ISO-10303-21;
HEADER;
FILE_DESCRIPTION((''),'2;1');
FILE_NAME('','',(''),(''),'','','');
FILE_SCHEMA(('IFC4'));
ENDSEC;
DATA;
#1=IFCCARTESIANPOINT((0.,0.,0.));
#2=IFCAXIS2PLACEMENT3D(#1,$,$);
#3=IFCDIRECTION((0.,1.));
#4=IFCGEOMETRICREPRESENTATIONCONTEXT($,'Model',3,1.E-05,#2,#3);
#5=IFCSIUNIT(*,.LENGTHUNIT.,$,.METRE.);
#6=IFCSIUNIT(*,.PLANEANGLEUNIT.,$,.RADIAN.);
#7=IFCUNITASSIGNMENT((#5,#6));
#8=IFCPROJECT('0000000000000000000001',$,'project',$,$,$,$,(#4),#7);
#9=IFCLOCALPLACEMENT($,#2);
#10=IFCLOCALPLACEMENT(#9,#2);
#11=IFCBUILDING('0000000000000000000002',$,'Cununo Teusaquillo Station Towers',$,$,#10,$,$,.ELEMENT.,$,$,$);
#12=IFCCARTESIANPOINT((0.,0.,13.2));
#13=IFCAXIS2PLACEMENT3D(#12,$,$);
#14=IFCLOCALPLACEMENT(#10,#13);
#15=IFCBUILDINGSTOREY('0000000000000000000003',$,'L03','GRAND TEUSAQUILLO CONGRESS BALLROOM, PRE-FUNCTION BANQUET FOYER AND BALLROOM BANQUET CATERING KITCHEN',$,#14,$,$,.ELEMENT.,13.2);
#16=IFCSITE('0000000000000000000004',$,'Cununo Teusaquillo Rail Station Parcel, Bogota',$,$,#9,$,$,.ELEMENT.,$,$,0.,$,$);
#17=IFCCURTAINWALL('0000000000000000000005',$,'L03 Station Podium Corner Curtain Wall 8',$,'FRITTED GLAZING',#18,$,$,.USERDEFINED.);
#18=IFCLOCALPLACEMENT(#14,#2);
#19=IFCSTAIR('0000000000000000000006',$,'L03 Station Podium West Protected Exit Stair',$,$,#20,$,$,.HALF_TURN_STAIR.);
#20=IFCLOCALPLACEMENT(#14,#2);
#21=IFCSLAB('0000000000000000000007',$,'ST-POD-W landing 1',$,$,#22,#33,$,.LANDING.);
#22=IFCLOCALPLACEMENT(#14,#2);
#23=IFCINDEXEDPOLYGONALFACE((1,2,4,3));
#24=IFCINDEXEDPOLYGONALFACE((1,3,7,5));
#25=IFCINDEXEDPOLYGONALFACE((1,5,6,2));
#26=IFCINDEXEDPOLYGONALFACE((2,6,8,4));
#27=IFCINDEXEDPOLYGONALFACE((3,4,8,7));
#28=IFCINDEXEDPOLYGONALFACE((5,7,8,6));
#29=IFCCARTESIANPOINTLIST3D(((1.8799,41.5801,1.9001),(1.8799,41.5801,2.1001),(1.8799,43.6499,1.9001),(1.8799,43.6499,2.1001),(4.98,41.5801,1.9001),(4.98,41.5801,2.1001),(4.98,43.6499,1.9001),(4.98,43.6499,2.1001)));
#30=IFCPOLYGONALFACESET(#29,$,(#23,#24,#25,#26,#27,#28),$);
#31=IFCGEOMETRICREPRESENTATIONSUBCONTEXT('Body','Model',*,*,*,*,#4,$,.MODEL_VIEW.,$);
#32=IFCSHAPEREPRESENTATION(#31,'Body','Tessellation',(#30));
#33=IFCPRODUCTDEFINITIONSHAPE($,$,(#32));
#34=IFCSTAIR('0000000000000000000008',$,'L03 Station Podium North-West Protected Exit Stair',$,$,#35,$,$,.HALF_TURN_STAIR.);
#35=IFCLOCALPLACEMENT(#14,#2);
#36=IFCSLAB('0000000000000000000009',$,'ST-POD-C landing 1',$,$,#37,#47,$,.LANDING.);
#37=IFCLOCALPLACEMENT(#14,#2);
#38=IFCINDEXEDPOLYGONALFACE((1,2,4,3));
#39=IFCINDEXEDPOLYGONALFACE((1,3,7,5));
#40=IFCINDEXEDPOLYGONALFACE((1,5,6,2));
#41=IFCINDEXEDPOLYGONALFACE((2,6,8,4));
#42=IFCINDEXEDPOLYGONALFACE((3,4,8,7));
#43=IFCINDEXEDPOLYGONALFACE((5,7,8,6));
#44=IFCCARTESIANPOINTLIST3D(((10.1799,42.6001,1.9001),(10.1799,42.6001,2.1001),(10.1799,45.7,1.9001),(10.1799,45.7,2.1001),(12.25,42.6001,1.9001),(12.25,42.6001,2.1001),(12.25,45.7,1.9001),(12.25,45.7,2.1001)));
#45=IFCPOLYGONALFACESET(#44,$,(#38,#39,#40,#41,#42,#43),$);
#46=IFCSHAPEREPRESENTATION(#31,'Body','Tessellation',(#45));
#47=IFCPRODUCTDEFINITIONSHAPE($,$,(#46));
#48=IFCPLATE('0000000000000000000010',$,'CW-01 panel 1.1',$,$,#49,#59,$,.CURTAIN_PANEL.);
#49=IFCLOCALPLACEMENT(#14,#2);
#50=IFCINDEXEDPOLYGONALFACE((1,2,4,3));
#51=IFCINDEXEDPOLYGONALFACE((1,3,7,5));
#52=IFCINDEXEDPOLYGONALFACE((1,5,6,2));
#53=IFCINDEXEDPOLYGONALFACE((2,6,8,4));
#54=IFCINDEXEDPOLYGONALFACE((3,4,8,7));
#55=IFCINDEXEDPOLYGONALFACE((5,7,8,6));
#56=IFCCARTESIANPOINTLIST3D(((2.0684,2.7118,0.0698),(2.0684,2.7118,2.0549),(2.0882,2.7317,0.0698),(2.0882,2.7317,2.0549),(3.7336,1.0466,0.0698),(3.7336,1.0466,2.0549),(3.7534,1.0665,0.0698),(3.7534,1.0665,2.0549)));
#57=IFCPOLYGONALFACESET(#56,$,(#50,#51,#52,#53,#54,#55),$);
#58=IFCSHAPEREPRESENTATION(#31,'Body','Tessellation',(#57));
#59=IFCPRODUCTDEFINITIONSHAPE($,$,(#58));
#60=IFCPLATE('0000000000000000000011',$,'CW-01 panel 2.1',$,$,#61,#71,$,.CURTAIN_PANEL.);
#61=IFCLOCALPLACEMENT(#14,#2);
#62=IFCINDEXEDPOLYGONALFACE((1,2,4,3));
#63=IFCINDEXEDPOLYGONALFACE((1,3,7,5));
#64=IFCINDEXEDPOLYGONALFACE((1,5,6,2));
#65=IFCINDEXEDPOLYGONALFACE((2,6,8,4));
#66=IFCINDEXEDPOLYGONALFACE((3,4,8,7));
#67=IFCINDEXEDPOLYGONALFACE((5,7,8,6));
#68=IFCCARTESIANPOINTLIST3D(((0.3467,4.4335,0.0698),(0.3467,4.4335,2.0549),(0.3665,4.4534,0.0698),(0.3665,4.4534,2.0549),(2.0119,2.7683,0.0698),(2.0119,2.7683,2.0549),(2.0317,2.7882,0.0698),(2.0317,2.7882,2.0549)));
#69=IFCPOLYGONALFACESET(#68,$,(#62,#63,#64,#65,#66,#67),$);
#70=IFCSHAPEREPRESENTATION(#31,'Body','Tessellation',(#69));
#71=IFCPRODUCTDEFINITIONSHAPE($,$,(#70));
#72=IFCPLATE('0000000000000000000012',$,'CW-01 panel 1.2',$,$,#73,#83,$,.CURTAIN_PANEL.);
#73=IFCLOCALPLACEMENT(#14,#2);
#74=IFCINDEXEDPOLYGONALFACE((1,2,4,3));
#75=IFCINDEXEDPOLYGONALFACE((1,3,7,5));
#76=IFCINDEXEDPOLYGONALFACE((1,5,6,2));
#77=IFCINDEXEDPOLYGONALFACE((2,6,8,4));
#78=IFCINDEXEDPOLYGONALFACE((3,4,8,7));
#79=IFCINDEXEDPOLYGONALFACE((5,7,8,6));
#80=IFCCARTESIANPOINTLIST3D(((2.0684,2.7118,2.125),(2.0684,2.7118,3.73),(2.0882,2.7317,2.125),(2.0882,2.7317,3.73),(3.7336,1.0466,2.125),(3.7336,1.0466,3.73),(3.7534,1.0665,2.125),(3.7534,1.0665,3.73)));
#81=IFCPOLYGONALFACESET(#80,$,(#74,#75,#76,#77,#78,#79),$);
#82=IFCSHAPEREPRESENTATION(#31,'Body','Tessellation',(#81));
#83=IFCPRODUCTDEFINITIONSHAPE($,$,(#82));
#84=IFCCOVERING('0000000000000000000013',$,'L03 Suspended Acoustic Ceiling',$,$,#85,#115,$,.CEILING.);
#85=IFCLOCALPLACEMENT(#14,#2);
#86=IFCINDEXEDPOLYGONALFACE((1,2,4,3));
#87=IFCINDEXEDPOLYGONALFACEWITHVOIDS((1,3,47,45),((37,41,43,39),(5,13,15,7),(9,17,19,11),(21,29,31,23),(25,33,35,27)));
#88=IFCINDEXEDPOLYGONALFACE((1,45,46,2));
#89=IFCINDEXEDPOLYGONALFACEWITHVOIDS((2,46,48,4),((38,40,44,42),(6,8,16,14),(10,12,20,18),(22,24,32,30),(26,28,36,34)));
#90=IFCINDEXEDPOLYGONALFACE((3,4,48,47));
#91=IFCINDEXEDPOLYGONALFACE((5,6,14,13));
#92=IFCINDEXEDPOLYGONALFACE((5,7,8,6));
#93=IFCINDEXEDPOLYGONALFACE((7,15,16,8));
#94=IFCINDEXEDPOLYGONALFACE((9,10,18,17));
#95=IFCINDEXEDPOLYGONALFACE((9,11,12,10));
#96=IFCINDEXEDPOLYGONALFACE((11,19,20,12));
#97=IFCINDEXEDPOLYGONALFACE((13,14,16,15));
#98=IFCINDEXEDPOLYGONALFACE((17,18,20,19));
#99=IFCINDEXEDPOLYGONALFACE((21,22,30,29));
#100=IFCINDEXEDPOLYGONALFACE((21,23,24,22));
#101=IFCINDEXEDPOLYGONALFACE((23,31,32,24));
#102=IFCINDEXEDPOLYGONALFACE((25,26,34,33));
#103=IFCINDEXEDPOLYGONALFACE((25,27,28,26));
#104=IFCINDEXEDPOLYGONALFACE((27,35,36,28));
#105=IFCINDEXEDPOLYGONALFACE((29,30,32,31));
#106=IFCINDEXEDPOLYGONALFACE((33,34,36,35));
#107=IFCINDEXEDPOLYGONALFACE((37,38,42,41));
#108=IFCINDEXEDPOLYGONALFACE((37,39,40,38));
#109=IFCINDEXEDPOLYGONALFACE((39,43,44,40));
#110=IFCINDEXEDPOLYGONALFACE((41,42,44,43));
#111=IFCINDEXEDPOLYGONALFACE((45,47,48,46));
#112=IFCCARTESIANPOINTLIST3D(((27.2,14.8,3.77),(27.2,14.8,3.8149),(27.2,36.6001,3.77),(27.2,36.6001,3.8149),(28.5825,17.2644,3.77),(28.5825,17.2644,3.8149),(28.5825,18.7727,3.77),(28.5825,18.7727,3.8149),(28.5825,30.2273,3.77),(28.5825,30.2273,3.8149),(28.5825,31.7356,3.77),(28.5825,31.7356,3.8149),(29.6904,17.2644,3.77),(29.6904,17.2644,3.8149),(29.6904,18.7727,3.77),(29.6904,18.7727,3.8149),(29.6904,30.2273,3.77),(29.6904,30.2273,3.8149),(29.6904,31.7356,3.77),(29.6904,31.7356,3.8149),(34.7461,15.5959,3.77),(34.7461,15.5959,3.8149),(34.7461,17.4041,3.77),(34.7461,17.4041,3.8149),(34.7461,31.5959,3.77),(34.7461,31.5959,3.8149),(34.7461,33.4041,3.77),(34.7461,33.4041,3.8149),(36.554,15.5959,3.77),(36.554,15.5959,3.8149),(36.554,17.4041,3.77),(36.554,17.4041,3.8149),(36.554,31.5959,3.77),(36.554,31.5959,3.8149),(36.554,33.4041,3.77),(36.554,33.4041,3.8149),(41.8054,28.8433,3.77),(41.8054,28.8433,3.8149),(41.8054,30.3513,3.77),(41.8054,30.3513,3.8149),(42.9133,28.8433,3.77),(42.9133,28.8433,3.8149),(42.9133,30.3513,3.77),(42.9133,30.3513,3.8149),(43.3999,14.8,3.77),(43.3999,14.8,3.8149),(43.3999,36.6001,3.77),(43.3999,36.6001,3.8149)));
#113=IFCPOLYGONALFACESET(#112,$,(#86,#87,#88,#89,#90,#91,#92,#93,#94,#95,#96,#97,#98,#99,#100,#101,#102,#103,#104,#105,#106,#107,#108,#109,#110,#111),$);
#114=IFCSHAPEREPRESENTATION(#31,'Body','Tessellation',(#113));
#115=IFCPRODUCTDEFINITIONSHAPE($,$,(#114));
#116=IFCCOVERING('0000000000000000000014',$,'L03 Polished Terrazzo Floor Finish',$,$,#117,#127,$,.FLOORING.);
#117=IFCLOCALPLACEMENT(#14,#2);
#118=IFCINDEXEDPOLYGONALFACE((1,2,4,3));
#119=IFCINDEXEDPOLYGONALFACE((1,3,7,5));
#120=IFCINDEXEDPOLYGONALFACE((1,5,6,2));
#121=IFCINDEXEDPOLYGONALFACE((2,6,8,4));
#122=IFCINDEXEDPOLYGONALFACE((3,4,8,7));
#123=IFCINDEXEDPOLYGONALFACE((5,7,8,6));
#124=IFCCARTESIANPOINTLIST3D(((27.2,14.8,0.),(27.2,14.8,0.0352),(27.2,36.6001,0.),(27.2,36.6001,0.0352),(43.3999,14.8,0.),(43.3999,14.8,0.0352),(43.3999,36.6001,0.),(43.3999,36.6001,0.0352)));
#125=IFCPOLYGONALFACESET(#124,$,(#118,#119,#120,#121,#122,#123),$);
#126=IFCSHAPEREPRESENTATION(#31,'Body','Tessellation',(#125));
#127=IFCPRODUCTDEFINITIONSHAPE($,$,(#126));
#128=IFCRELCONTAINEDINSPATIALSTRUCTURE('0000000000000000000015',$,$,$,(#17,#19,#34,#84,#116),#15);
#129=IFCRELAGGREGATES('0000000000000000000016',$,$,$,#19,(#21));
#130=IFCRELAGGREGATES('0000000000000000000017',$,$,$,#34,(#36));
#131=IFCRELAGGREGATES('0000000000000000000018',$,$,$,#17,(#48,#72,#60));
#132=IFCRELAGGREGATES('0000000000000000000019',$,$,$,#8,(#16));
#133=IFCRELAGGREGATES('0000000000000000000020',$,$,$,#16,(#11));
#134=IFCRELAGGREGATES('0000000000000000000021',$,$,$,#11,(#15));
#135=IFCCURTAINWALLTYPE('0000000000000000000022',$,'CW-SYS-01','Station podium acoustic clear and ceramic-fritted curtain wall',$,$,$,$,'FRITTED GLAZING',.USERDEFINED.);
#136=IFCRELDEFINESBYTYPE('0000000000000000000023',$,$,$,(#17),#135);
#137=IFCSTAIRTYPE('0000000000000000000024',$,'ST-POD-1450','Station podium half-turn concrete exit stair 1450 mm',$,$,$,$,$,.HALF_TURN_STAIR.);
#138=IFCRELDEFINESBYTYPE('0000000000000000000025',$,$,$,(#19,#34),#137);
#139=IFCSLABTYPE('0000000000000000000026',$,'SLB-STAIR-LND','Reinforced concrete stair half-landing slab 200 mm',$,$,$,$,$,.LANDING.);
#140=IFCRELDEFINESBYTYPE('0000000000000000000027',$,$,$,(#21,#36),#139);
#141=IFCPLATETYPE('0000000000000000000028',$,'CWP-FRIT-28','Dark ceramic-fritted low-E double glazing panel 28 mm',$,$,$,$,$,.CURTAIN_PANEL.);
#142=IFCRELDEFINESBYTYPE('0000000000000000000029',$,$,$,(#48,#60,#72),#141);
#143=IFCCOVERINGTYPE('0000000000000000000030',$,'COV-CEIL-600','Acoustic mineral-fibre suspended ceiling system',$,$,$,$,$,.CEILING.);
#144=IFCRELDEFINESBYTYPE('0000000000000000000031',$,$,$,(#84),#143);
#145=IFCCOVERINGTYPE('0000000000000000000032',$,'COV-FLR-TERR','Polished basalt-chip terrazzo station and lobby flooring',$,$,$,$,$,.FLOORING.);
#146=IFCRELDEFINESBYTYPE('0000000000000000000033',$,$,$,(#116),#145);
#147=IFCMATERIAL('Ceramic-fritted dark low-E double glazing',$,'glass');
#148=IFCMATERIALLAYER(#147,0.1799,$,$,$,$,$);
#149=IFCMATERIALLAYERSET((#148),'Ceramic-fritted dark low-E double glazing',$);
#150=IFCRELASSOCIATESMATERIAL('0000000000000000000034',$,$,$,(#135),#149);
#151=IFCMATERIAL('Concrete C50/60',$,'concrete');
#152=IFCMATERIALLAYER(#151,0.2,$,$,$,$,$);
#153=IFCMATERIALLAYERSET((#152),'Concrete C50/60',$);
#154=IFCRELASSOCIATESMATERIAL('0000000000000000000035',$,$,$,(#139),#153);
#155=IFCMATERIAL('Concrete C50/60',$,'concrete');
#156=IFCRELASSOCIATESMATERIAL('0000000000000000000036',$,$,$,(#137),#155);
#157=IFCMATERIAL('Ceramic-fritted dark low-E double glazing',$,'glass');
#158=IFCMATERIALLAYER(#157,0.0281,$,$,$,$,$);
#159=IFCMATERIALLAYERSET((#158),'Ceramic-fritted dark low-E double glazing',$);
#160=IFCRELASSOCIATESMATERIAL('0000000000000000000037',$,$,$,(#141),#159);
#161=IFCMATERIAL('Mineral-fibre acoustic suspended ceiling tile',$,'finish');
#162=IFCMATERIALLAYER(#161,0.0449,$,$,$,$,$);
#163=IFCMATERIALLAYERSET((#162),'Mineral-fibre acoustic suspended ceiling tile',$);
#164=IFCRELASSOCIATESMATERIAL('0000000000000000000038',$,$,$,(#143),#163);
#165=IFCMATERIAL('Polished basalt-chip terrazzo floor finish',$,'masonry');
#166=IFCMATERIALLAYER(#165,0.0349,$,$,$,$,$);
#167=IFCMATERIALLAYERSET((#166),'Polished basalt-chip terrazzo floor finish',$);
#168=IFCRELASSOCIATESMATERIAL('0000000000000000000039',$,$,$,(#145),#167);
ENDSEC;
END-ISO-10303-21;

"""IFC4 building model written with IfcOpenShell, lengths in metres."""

from ifc_helpers import new_model, si_unit, direction, frame, origin, origin_2d, place, context, subcontext, project, spatial, polyline, rectangle, outline, extrude, source, transform, mapped, material, layer, layer_set, type_object, element, aggregate, save


model = new_model("IFC4")

# Units and contexts
model_context = context("Model", 3, precision=1e-05, world=origin(), true_north=direction((0.0, 1.0)))
body_context = subcontext(model_context, "Body", "Model", "MODEL_VIEW")
ifc_project = project(units=[si_unit("LENGTHUNIT", "METRE"), si_unit("PLANEANGLEUNIT", "RADIAN")], contexts=[model_context])

# Site, building, storey
site_placement = place(None, origin())
site = spatial("IfcSite", under=ifc_project, at=site_placement, Name="Cununo Teusaquillo Rail Station Parcel, Bogota", CompositionType="ELEMENT", RefElevation=0.0)
building_placement = place(site_placement, origin())
building = spatial("IfcBuilding", under=site, at=building_placement, Name="Cununo Teusaquillo Station Towers", CompositionType="ELEMENT")
storey_placement = place(building_placement, frame((0.0, 0.0, 13.2)))
storey = spatial("IfcBuildingStorey", under=building, at=storey_placement, Name="L03", Description="GRAND TEUSAQUILLO CONGRESS BALLROOM, PRE-FUNCTION BANQUET FOYER AND BALLROOM BANQUET CATERING KITCHEN", CompositionType="ELEMENT", Elevation=13.2)

# Curtain wall
ifc_material_1 = material(Name="Ceramic-fritted dark low-E double glazing", Category="glass")
ifc_layer_1 = layer(ifc_material_1, 0.1799)
ifc_layer_set_1 = layer_set([ifc_layer_1], Name="Ceramic-fritted dark low-E double glazing")
curtain_wall_type = type_object("IfcCurtainWallType", Name="CW-SYS-01", Description="Station podium acoustic clear and ceramic-fritted curtain wall", ElementType="FRITTED GLAZING", PredefinedType="USERDEFINED", material=ifc_layer_set_1)
curtain_wall_placement = place(storey_placement, origin())
curtain_wall = element("IfcCurtainWall", 1, at=curtain_wall_placement, inside=storey, type_object=curtain_wall_type, Name="L03 Station Podium Corner Curtain Wall 8", ObjectType="FRITTED GLAZING", PredefinedType="USERDEFINED")

# Stairs, slabs
ifc_material_2 = material(Name="Concrete C50/60", Category="concrete")
ifc_layer_2 = layer(ifc_material_2, 0.2)
ifc_layer_set_2 = layer_set([ifc_layer_2], Name="Concrete C50/60")
slab_type_1 = type_object("IfcSlabType", Name="SLB-STAIR-LND", Description="Reinforced concrete stair half-landing slab 200 mm", PredefinedType="LANDING", material=ifc_layer_set_2)
ifc_material_3 = material(Name="Concrete C50/60", Category="concrete")
stair_type_1 = type_object("IfcStairType", Name="ST-POD-1450", Description="Station podium half-turn concrete exit stair 1450 mm", PredefinedType="HALF_TURN_STAIR", material=ifc_material_3)
stair_1_placement = place(storey_placement, origin())
stair_1 = element("IfcStair", 2, at=stair_1_placement, inside=storey, type_object=stair_type_1, Name="L03 Station Podium West Protected Exit Stair", PredefinedType="HALF_TURN_STAIR")
slab_1_placement = place(storey_placement, frame((0.0, 0.0, 1.9001)))
slab_1 = element("IfcSlab", 3, at=slab_1_placement, type_object=slab_type_1, Name="ST-POD-W landing 1", PredefinedType="LANDING", context=body_context, shape_type="SweptSolid", body=[
    extrude(outline(polyline([(4.98, 41.5801), (4.98, 43.6499), (1.8799, 43.6499), (1.8799, 41.5801), (4.98, 41.5801)])), origin(), (0.0, 0.0, 1.0), 0.2),
])
aggregate(stair_1, [slab_1])
stair_2_placement = place(storey_placement, origin())
stair_2 = element("IfcStair", 4, at=stair_2_placement, inside=storey, type_object=stair_type_1, Name="L03 Station Podium North-West Protected Exit Stair", PredefinedType="HALF_TURN_STAIR")
slab_2_placement = place(storey_placement, frame((0.0, 0.0, 1.9001)))
slab_2 = element("IfcSlab", 5, at=slab_2_placement, type_object=slab_type_1, Name="ST-POD-C landing 1", PredefinedType="LANDING", context=body_context, shape_type="SweptSolid", body=[
    extrude(outline(polyline([(10.1799, 42.6001), (12.25, 42.6001), (12.25, 45.7), (10.1799, 45.7), (10.1799, 42.6001)])), origin(), (0.0, 0.0, 1.0), 0.2),
])
aggregate(stair_2, [slab_2])

# Plates
ifc_material_4 = material(Name="Ceramic-fritted dark low-E double glazing", Category="glass")
ifc_layer_3 = layer(ifc_material_4, 0.0281)
ifc_layer_set_3 = layer_set([ifc_layer_3], Name="Ceramic-fritted dark low-E double glazing")
plate_type = type_object("IfcPlateType", Name="CWP-FRIT-28", Description="Dark ceramic-fritted low-E double glazing panel 28 mm", PredefinedType="CURTAIN_PANEL", material=ifc_layer_set_3)
shared_shape_1 = source(origin(), body_context, "Body", "SweptSolid", [
    extrude(rectangle(XDim=2.355, YDim=0.0281, at=origin_2d()), origin(), (0.0, 0.0, 1.0), 1.9851),
])
plate_1_placement = place(storey_placement, frame((2.9109, 1.8892, 0.0698), z_axis=(0.0, 0.0, 1.0), x_axis=(-0.707107, 0.707107, 0.0)))
plate_1 = element("IfcPlate", 6, at=plate_1_placement, type_object=plate_type, Name="CW-01 panel 1.1", PredefinedType="CURTAIN_PANEL", context=body_context, shape_type="MappedRepresentation", body=[
    mapped(shared_shape_1, transform((0.0, 0.0, 0.0), x_axis=(1.0, 0.0, 0.0), y_axis=(0.0, 1.0, 0.0), z_axis=(0.0, 0.0, 1.0), scale=1.0)),
])
plate_2_placement = place(storey_placement, frame((1.1892, 3.6108, 0.0698), z_axis=(0.0, 0.0, 1.0), x_axis=(-0.707107, 0.707107, 0.0)))
plate_2 = element("IfcPlate", 7, at=plate_2_placement, type_object=plate_type, Name="CW-01 panel 2.1", PredefinedType="CURTAIN_PANEL", context=body_context, shape_type="MappedRepresentation", body=[
    mapped(shared_shape_1, transform((0.0, 0.0, 0.0), x_axis=(1.0, 0.0, 0.0), y_axis=(0.0, 1.0, 0.0), z_axis=(0.0, 0.0, 1.0), scale=1.0)),
])
shared_shape_2 = source(origin(), body_context, "Body", "SweptSolid", [
    extrude(rectangle(XDim=2.355, YDim=0.0281, at=origin_2d()), origin(), (0.0, 0.0, 1.0), 1.605),
])
plate_3_placement = place(storey_placement, frame((2.9109, 1.8892, 2.125), z_axis=(0.0, 0.0, 1.0), x_axis=(-0.707107, 0.707107, 0.0)))
plate_3 = element("IfcPlate", 8, at=plate_3_placement, type_object=plate_type, Name="CW-01 panel 1.2", PredefinedType="CURTAIN_PANEL", context=body_context, shape_type="MappedRepresentation", body=[
    mapped(shared_shape_2, transform((0.0, 0.0, 0.0), x_axis=(1.0, 0.0, 0.0), y_axis=(0.0, 1.0, 0.0), z_axis=(0.0, 0.0, 1.0), scale=1.0)),
])
aggregate(curtain_wall, [plate_1, plate_3, plate_2])

# Coverings
ifc_material_5 = material(Name="Mineral-fibre acoustic suspended ceiling tile", Category="finish")
ifc_layer_4 = layer(ifc_material_5, 0.0449)
ifc_layer_set_4 = layer_set([ifc_layer_4], Name="Mineral-fibre acoustic suspended ceiling tile")
covering_type_1 = type_object("IfcCoveringType", Name="COV-CEIL-600", Description="Acoustic mineral-fibre suspended ceiling system", PredefinedType="CEILING", material=ifc_layer_set_4)
covering_1_placement = place(storey_placement, frame((0.0, 0.0, 3.77)))
element("IfcCovering", 9, at=covering_1_placement, inside=storey, type_object=covering_type_1, Name="L03 Suspended Acoustic Ceiling", PredefinedType="CEILING", context=body_context, shape_type="SweptSolid", body=[
    extrude(outline(polyline([(27.2, 36.6001), (43.3999, 36.6001), (43.3999, 14.8), (27.2, 14.8), (27.2, 36.6001)]), holes=[polyline([(34.7461, 15.5959), (36.554, 15.5959), (36.554, 17.4041), (34.7461, 17.4041), (34.7461, 15.5959)]), polyline([(28.5825, 17.2644), (29.6904, 17.2644), (29.6904, 18.7727), (28.5825, 18.7727), (28.5825, 17.2644)]), polyline([(42.9133, 28.8433), (42.9133, 30.3513), (41.8054, 30.3513), (41.8054, 28.8433), (42.9133, 28.8433)]), polyline([(28.5825, 30.2273), (29.6904, 30.2273), (29.6904, 31.7356), (28.5825, 31.7356), (28.5825, 30.2273)]), polyline([(34.7461, 31.5959), (36.554, 31.5959), (36.554, 33.4041), (34.7461, 33.4041), (34.7461, 31.5959)])]), origin(), (0.0, 0.0, 1.0), 0.0449),
])
ifc_material_6 = material(Name="Polished basalt-chip terrazzo floor finish", Category="masonry")
ifc_layer_5 = layer(ifc_material_6, 0.0349)
ifc_layer_set_5 = layer_set([ifc_layer_5], Name="Polished basalt-chip terrazzo floor finish")
covering_type_2 = type_object("IfcCoveringType", Name="COV-FLR-TERR", Description="Polished basalt-chip terrazzo station and lobby flooring", PredefinedType="FLOORING", material=ifc_layer_set_5)
covering_2_placement = place(storey_placement, origin())
element("IfcCovering", 10, at=covering_2_placement, inside=storey, type_object=covering_type_2, Name="L03 Polished Terrazzo Floor Finish", PredefinedType="FLOORING", context=body_context, shape_type="SweptSolid", body=[
    extrude(outline(polyline([(27.2, 14.8), (43.3999, 14.8), (43.3999, 36.6001), (27.2, 36.6001), (27.2, 14.8)])), origin(), (0.0, 0.0, 1.0), 0.0352),
])

save(model, "model.ifc")
